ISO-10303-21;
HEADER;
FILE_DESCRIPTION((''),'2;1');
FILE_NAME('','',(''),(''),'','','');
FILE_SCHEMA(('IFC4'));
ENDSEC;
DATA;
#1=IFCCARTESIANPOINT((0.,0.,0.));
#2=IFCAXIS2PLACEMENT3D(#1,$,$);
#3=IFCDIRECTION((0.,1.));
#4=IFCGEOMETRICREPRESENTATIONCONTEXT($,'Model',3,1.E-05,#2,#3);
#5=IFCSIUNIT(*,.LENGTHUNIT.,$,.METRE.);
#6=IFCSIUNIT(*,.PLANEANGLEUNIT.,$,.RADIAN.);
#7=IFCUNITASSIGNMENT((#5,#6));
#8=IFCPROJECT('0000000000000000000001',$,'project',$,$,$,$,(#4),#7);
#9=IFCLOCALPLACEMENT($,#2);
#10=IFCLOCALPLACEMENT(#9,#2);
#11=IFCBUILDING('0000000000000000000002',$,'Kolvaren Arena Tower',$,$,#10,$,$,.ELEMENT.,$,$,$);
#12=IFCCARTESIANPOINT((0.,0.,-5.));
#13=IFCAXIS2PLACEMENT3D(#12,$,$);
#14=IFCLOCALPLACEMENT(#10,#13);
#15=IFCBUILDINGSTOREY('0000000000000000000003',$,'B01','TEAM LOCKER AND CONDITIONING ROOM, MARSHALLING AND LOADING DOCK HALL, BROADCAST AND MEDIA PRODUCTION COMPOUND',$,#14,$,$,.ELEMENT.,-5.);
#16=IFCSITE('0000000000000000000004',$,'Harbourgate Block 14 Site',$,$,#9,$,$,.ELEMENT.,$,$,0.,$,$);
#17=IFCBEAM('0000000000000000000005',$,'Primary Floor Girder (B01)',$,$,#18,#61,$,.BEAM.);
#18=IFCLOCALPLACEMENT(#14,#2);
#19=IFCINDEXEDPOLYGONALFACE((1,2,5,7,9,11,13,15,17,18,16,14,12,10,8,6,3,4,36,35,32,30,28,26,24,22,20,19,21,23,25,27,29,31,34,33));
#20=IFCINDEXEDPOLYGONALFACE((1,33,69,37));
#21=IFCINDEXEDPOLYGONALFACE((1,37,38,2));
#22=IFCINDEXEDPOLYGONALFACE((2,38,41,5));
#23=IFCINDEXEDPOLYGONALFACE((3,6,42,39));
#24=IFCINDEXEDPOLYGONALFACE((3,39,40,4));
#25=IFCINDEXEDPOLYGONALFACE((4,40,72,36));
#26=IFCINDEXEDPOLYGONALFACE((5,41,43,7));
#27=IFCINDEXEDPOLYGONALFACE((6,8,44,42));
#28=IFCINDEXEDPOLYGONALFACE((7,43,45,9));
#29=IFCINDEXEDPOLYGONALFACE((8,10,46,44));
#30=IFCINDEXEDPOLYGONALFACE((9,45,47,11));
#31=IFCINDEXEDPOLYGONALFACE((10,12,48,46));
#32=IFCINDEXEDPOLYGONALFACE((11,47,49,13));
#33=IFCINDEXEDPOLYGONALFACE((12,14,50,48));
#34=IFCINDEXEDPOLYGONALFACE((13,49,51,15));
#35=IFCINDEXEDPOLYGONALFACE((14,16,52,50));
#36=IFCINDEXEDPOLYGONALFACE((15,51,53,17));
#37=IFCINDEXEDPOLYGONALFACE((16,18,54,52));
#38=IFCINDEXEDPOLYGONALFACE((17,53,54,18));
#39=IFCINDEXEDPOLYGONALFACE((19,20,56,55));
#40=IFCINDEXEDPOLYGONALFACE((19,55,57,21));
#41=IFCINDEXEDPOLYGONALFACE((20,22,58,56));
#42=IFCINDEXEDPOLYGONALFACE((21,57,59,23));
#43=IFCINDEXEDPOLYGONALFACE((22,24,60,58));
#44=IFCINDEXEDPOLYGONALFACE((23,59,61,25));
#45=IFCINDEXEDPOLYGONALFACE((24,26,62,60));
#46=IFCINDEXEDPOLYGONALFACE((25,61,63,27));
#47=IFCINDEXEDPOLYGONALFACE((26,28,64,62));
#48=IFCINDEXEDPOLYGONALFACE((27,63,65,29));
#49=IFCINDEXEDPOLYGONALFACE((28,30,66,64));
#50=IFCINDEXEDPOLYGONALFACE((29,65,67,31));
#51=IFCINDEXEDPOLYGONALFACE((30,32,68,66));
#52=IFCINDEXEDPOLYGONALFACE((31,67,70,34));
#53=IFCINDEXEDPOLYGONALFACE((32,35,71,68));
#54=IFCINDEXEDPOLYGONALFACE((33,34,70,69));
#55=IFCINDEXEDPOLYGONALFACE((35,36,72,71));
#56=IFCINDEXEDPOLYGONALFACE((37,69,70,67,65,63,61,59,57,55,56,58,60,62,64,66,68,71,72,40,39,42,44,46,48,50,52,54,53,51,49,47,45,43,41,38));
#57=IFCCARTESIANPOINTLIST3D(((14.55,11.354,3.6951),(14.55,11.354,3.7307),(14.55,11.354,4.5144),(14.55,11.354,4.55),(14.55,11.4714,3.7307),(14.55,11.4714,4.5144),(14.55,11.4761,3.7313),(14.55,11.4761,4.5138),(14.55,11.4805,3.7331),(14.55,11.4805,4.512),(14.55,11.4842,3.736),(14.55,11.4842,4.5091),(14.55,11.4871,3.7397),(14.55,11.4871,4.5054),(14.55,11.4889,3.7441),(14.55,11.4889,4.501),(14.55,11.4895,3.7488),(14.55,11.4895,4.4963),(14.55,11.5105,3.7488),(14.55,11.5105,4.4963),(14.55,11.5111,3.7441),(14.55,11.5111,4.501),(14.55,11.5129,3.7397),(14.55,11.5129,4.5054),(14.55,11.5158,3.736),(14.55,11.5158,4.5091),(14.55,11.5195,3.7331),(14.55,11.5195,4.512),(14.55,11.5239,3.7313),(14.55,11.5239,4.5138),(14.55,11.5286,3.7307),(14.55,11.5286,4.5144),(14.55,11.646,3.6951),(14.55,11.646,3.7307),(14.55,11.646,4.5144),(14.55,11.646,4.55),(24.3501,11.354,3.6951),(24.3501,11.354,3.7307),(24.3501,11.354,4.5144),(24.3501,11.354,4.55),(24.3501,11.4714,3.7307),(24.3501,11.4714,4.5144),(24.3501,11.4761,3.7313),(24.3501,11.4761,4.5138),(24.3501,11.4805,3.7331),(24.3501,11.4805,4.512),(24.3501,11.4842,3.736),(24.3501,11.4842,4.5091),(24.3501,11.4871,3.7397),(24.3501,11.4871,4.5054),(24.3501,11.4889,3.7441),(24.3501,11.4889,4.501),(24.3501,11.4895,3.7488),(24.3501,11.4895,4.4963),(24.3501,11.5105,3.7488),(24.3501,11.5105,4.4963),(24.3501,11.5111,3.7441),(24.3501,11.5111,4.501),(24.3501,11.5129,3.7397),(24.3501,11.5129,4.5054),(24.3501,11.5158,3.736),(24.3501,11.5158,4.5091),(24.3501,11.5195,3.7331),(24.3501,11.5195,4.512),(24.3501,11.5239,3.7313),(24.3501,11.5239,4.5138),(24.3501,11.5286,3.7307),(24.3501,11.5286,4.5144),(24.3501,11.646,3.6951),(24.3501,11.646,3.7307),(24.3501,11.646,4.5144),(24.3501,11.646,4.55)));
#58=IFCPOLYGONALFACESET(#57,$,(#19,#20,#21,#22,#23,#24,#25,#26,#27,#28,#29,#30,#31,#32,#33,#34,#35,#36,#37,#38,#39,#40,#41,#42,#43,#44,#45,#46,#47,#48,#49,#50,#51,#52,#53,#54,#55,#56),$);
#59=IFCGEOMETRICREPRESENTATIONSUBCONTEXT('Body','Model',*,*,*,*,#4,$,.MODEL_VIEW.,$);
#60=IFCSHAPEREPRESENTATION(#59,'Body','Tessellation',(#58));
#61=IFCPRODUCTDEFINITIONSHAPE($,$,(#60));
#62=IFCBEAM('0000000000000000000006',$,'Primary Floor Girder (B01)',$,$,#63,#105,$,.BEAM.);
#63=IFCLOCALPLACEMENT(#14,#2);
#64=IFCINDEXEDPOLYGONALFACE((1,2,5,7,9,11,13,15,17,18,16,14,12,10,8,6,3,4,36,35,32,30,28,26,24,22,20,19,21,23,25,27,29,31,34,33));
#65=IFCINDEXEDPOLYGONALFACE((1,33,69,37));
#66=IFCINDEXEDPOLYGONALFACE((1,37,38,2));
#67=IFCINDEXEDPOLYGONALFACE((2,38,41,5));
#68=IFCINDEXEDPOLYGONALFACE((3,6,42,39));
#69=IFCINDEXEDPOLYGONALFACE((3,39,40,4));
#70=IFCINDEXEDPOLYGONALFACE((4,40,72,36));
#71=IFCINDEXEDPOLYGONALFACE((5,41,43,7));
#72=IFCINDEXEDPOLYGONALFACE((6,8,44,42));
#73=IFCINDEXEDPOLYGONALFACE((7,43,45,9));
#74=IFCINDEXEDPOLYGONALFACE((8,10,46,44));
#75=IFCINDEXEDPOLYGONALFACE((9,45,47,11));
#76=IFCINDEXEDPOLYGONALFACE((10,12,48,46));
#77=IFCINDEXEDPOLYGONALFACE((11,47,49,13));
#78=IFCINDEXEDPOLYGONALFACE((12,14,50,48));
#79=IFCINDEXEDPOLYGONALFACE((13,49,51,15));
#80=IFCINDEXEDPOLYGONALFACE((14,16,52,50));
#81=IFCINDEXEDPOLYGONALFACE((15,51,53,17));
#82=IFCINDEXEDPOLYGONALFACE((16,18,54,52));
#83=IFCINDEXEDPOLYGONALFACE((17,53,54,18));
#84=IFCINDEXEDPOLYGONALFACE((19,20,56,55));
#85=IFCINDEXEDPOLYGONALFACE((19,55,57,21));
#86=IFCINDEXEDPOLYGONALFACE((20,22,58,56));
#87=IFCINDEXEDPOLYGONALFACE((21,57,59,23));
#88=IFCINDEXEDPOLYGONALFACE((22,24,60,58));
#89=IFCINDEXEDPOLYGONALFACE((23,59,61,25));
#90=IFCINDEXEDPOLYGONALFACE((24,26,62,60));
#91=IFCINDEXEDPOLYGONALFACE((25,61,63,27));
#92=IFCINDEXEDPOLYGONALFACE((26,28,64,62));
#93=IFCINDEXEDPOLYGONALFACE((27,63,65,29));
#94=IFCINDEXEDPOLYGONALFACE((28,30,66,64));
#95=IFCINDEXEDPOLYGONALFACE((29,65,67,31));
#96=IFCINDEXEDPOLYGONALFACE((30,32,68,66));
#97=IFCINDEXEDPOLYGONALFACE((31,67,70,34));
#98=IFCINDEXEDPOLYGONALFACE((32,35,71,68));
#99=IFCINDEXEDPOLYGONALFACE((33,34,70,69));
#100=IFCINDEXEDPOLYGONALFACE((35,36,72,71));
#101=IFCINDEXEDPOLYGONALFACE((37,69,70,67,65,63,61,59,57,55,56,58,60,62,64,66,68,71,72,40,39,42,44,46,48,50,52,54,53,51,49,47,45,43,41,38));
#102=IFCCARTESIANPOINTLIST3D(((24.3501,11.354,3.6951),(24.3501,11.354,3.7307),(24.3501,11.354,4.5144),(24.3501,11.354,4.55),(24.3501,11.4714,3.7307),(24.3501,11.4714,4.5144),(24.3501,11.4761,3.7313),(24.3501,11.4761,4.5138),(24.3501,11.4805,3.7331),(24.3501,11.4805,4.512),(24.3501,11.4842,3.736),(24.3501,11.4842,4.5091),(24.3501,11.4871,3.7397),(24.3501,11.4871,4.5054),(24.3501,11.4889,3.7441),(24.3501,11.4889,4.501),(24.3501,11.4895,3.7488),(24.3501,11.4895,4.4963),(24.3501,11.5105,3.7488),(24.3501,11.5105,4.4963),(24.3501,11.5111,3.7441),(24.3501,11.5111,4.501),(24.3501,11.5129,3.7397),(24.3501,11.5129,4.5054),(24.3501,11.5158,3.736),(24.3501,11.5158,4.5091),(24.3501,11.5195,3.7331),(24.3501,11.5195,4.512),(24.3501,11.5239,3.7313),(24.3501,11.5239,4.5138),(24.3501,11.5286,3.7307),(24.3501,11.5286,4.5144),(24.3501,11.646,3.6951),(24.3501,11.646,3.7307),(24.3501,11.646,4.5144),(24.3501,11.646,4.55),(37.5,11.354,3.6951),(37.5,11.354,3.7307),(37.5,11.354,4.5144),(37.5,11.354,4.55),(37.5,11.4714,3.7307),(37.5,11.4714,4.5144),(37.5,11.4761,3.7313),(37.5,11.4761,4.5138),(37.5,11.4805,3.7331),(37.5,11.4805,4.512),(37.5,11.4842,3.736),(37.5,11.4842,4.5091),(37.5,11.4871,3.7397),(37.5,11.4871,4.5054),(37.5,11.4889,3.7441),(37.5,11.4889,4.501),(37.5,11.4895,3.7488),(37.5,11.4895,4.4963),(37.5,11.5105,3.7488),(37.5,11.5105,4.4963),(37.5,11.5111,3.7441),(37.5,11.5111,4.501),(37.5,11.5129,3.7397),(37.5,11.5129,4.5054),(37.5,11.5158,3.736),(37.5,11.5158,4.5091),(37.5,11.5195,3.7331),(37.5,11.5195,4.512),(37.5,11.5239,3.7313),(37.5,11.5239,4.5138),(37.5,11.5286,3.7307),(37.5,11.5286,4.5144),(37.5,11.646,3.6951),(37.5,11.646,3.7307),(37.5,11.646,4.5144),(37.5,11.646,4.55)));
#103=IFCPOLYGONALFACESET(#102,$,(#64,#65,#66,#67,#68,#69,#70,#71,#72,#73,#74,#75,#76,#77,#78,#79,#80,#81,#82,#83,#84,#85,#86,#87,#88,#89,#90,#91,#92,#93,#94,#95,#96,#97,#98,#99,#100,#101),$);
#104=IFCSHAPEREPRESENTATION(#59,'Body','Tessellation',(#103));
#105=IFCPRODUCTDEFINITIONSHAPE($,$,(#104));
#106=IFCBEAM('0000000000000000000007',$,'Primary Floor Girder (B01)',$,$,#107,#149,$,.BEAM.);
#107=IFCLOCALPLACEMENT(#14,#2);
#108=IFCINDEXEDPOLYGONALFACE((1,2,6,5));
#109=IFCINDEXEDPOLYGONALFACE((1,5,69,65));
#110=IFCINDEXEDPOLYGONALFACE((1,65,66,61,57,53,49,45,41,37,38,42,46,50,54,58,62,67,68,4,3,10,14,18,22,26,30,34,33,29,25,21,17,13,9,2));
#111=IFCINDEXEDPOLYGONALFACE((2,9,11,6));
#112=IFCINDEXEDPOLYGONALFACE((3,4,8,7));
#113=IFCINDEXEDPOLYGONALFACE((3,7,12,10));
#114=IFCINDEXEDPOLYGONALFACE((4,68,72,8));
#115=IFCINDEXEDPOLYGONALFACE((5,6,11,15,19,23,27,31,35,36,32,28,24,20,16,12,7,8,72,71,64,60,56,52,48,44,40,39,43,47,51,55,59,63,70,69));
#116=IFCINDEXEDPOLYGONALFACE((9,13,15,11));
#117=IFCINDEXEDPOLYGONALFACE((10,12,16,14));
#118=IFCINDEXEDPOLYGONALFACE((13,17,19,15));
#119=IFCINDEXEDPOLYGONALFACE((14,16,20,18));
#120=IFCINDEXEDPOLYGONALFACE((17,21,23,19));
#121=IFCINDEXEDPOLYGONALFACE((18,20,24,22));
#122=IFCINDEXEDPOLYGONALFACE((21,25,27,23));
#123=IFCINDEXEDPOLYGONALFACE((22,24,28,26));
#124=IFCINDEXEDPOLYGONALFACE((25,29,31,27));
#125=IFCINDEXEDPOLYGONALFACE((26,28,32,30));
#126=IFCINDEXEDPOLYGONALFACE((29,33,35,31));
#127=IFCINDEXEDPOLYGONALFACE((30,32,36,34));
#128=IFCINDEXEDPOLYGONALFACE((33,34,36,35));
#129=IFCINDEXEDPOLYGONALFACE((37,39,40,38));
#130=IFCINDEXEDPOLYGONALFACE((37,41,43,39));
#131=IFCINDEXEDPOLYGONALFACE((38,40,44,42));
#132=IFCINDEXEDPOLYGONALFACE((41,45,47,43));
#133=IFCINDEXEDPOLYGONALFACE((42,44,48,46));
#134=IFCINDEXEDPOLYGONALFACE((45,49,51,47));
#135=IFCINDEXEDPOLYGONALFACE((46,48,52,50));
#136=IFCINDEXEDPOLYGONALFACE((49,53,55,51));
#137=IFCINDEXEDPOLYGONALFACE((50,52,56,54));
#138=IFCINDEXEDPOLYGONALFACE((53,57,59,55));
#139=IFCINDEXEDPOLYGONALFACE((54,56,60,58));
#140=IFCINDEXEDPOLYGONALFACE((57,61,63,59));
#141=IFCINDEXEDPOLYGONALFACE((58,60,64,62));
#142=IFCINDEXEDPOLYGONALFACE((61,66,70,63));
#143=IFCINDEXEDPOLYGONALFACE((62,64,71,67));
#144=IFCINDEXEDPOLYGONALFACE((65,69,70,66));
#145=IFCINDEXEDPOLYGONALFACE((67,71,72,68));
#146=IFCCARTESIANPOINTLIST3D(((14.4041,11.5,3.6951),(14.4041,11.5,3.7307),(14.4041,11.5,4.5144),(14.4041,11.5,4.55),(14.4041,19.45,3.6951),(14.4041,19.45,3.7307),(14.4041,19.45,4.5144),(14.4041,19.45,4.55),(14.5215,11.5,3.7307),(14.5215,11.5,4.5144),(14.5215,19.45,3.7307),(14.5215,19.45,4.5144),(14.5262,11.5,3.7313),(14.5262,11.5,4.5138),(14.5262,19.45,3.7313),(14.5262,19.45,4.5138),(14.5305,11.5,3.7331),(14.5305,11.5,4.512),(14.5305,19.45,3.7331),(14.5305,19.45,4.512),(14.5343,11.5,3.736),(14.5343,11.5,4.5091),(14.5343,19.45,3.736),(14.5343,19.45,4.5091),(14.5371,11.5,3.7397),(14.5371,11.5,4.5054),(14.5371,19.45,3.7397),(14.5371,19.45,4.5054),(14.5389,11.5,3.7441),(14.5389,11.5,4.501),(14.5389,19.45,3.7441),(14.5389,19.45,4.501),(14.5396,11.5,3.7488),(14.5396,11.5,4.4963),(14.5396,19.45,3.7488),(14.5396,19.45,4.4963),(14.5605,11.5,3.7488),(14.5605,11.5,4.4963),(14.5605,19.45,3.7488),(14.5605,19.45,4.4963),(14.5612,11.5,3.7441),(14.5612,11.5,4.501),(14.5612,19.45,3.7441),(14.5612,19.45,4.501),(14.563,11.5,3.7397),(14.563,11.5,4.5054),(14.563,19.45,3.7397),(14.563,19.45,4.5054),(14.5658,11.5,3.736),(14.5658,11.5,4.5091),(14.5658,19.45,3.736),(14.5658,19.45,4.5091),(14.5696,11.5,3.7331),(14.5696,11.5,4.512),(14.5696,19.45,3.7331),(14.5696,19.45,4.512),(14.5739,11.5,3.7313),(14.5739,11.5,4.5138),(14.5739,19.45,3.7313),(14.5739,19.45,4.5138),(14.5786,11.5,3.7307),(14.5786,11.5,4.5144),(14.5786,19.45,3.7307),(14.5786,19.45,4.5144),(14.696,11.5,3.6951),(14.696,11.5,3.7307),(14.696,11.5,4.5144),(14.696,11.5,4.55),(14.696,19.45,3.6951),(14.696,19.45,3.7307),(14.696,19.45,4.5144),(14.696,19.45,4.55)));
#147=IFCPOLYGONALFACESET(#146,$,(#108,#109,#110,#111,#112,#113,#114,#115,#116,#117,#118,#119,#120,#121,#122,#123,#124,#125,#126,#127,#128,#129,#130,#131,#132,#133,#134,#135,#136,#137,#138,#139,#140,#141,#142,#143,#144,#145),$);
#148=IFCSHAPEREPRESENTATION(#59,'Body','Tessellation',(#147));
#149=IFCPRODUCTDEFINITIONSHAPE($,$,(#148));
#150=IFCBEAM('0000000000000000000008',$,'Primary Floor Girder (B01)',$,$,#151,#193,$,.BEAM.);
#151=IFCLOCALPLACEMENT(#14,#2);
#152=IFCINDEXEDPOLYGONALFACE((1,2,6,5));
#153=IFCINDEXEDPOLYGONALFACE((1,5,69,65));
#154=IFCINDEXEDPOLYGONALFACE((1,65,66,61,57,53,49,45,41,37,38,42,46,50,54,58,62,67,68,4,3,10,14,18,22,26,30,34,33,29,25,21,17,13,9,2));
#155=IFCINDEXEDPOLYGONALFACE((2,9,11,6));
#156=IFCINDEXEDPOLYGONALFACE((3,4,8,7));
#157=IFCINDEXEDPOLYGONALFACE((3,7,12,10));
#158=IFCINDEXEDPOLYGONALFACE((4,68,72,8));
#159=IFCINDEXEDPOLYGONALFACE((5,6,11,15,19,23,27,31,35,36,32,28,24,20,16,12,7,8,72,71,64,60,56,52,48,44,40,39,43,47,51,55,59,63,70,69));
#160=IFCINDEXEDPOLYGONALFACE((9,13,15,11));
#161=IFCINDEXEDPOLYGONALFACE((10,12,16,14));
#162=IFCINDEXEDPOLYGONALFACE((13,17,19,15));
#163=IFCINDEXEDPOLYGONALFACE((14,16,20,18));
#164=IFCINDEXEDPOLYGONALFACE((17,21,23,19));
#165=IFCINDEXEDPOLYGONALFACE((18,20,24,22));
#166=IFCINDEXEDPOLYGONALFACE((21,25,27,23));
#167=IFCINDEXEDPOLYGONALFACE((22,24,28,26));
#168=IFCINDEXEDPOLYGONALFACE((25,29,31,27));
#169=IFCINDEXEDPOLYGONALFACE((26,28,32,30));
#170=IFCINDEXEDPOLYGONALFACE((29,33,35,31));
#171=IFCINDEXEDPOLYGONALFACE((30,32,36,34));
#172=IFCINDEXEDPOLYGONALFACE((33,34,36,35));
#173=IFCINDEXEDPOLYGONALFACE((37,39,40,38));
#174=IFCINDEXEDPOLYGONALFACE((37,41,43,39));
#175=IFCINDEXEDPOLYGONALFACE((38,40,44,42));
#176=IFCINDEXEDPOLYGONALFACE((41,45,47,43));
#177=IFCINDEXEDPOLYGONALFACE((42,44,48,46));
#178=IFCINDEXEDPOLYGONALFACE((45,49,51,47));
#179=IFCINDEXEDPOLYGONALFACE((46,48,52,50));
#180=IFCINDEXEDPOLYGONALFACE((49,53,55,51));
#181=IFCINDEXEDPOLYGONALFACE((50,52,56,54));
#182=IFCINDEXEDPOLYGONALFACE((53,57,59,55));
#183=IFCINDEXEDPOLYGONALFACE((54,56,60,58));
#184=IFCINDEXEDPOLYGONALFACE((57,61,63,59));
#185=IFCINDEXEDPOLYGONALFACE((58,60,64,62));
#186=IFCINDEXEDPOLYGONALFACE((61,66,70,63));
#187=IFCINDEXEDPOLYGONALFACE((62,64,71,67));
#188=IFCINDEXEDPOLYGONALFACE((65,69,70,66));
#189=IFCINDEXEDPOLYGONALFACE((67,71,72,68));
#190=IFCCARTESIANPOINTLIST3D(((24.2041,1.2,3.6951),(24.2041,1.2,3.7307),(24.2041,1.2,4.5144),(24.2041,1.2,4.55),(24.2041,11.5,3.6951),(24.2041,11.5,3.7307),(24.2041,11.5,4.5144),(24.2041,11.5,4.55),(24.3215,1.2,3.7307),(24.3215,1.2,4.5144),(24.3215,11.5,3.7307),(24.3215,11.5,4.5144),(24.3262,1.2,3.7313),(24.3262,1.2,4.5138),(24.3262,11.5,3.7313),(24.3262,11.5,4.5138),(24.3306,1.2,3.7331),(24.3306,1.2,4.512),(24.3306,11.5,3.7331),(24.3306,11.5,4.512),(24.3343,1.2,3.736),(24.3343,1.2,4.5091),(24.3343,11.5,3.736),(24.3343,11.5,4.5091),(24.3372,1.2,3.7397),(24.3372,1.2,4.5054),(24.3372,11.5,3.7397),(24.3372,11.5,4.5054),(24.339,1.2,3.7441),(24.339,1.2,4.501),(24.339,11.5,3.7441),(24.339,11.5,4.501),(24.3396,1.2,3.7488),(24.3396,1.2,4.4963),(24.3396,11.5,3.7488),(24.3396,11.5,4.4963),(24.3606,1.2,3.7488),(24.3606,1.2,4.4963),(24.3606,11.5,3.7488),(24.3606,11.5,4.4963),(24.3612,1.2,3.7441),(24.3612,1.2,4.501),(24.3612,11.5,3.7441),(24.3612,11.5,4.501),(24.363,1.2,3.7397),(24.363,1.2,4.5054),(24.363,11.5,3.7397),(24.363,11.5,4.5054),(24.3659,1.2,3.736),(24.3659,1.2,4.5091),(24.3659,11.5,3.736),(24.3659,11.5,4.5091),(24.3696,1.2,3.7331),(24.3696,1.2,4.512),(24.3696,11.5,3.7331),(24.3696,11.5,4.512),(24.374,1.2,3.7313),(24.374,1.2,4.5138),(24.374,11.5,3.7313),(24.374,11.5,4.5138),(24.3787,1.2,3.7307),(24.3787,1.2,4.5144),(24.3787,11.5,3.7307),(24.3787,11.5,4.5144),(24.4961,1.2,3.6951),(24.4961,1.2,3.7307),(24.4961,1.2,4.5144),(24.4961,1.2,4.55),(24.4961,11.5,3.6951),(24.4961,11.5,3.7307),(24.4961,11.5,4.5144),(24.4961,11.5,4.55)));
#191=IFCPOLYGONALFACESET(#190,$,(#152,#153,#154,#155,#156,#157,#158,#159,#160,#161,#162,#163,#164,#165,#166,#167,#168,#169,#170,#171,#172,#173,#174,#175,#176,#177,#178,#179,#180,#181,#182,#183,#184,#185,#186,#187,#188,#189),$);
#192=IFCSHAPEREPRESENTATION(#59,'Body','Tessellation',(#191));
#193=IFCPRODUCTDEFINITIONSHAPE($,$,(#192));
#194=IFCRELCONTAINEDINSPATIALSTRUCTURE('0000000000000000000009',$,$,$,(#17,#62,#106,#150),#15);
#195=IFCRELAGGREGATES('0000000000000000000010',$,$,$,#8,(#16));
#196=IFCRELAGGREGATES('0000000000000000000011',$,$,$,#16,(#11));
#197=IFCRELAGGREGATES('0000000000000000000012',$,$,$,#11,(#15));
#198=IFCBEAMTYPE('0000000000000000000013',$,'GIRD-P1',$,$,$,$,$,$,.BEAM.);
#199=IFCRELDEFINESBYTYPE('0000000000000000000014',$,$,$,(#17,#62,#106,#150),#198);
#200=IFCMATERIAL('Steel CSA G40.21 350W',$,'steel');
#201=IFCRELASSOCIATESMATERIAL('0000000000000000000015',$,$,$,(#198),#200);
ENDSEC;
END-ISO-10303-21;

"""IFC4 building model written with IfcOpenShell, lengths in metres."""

from ifc_helpers import new_model, si_unit, direction, frame, origin, origin_2d, place, context, subcontext, project, spatial, i_section, extrude, material, material_profile, profile_set, type_object, element, save


model = new_model("IFC4")

# Units and contexts
model_context = context("Model", 3, precision=1e-05, world=origin(), true_north=direction((0.0, 1.0)))
body_context = subcontext(model_context, "Body", "Model", "MODEL_VIEW")
ifc_project = project(units=[si_unit("LENGTHUNIT", "METRE"), si_unit("PLANEANGLEUNIT", "RADIAN")], contexts=[model_context])

# Site, building, storey
site_placement = place(None, origin())
site = spatial("IfcSite", under=ifc_project, at=site_placement, Name="Harbourgate Block 14 Site", CompositionType="ELEMENT", RefElevation=0.0)
building_placement = place(site_placement, origin())
building = spatial("IfcBuilding", under=site, at=building_placement, Name="Kolvaren Arena Tower", CompositionType="ELEMENT")
storey_placement = place(building_placement, frame((0.0, 0.0, -5.0)))
storey = spatial("IfcBuildingStorey", under=building, at=storey_placement, Name="B01", Description="TEAM LOCKER AND CONDITIONING ROOM, MARSHALLING AND LOADING DOCK HALL, BROADCAST AND MEDIA PRODUCTION COMPOUND", CompositionType="ELEMENT", Elevation=-5.0)

# Beams
ifc_material_1 = material(Name="Steel CSA G40.21 350W", Category="steel")
ifc_material_profile_1 = material_profile(ifc_material_1, i_section(OverallWidth=0.292, OverallDepth=0.855, WebThickness=0.021, FlangeThickness=0.0356, FilletRadius=0.0181, at=origin_2d()), Name="W840x299")
ifc_profile_set_1 = profile_set([ifc_material_profile_1], Name="Steel CSA G40.21 350W")
beam_type_1 = type_object("IfcBeamType", Name="GIRD-P1", PredefinedType="BEAM", material=ifc_profile_set_1)
beam_1_placement = place(storey_placement, frame((14.55, 11.5, 4.1226), z_axis=(1.0, 0.0, 0.0), x_axis=(0.0, 1.0, 0.0)))
element("IfcBeam", 1, at=beam_1_placement, inside=storey, type_object=beam_type_1, Name="Primary Floor Girder (B01)", PredefinedType="BEAM", context=body_context, shape_type="SweptSolid", body=[
    extrude(i_section(OverallWidth=0.292, OverallDepth=0.855, WebThickness=0.021, FlangeThickness=0.0356, FilletRadius=0.0181, at=origin_2d()), origin(), (0.0, 0.0, 1.0), 9.8),
])
beam_2_placement = place(storey_placement, frame((24.3501, 11.5, 4.1226), z_axis=(1.0, 0.0, 0.0), x_axis=(0.0, 1.0, 0.0)))
element("IfcBeam", 2, at=beam_2_placement, inside=storey, type_object=beam_type_1, Name="Primary Floor Girder (B01)", PredefinedType="BEAM", context=body_context, shape_type="SweptSolid", body=[
    extrude(i_section(OverallWidth=0.292, OverallDepth=0.855, WebThickness=0.021, FlangeThickness=0.0356, FilletRadius=0.0181, at=origin_2d()), origin(), (0.0, 0.0, 1.0), 13.1499),
])
beam_3_placement = place(storey_placement, frame((14.55, 11.5, 4.1226), z_axis=(0.0, 1.0, 0.0), x_axis=(-1.0, 0.0, 0.0)))
element("IfcBeam", 3, at=beam_3_placement, inside=storey, type_object=beam_type_1, Name="Primary Floor Girder (B01)", PredefinedType="BEAM", context=body_context, shape_type="SweptSolid", body=[
    extrude(i_section(OverallWidth=0.292, OverallDepth=0.855, WebThickness=0.021, FlangeThickness=0.0356, FilletRadius=0.0181, at=origin_2d()), origin(), (0.0, 0.0, 1.0), 7.95),
])
beam_4_placement = place(storey_placement, frame((24.3501, 1.2, 4.1226), z_axis=(0.0, 1.0, 0.0), x_axis=(-1.0, 0.0, 0.0)))
element("IfcBeam", 4, at=beam_4_placement, inside=storey, type_object=beam_type_1, Name="Primary Floor Girder (B01)", PredefinedType="BEAM", context=body_context, shape_type="SweptSolid", body=[
    extrude(i_section(OverallWidth=0.292, OverallDepth=0.855, WebThickness=0.021, FlangeThickness=0.0356, FilletRadius=0.0181, at=origin_2d()), origin(), (0.0, 0.0, 1.0), 10.3),
])

save(model, "model.ifc")
